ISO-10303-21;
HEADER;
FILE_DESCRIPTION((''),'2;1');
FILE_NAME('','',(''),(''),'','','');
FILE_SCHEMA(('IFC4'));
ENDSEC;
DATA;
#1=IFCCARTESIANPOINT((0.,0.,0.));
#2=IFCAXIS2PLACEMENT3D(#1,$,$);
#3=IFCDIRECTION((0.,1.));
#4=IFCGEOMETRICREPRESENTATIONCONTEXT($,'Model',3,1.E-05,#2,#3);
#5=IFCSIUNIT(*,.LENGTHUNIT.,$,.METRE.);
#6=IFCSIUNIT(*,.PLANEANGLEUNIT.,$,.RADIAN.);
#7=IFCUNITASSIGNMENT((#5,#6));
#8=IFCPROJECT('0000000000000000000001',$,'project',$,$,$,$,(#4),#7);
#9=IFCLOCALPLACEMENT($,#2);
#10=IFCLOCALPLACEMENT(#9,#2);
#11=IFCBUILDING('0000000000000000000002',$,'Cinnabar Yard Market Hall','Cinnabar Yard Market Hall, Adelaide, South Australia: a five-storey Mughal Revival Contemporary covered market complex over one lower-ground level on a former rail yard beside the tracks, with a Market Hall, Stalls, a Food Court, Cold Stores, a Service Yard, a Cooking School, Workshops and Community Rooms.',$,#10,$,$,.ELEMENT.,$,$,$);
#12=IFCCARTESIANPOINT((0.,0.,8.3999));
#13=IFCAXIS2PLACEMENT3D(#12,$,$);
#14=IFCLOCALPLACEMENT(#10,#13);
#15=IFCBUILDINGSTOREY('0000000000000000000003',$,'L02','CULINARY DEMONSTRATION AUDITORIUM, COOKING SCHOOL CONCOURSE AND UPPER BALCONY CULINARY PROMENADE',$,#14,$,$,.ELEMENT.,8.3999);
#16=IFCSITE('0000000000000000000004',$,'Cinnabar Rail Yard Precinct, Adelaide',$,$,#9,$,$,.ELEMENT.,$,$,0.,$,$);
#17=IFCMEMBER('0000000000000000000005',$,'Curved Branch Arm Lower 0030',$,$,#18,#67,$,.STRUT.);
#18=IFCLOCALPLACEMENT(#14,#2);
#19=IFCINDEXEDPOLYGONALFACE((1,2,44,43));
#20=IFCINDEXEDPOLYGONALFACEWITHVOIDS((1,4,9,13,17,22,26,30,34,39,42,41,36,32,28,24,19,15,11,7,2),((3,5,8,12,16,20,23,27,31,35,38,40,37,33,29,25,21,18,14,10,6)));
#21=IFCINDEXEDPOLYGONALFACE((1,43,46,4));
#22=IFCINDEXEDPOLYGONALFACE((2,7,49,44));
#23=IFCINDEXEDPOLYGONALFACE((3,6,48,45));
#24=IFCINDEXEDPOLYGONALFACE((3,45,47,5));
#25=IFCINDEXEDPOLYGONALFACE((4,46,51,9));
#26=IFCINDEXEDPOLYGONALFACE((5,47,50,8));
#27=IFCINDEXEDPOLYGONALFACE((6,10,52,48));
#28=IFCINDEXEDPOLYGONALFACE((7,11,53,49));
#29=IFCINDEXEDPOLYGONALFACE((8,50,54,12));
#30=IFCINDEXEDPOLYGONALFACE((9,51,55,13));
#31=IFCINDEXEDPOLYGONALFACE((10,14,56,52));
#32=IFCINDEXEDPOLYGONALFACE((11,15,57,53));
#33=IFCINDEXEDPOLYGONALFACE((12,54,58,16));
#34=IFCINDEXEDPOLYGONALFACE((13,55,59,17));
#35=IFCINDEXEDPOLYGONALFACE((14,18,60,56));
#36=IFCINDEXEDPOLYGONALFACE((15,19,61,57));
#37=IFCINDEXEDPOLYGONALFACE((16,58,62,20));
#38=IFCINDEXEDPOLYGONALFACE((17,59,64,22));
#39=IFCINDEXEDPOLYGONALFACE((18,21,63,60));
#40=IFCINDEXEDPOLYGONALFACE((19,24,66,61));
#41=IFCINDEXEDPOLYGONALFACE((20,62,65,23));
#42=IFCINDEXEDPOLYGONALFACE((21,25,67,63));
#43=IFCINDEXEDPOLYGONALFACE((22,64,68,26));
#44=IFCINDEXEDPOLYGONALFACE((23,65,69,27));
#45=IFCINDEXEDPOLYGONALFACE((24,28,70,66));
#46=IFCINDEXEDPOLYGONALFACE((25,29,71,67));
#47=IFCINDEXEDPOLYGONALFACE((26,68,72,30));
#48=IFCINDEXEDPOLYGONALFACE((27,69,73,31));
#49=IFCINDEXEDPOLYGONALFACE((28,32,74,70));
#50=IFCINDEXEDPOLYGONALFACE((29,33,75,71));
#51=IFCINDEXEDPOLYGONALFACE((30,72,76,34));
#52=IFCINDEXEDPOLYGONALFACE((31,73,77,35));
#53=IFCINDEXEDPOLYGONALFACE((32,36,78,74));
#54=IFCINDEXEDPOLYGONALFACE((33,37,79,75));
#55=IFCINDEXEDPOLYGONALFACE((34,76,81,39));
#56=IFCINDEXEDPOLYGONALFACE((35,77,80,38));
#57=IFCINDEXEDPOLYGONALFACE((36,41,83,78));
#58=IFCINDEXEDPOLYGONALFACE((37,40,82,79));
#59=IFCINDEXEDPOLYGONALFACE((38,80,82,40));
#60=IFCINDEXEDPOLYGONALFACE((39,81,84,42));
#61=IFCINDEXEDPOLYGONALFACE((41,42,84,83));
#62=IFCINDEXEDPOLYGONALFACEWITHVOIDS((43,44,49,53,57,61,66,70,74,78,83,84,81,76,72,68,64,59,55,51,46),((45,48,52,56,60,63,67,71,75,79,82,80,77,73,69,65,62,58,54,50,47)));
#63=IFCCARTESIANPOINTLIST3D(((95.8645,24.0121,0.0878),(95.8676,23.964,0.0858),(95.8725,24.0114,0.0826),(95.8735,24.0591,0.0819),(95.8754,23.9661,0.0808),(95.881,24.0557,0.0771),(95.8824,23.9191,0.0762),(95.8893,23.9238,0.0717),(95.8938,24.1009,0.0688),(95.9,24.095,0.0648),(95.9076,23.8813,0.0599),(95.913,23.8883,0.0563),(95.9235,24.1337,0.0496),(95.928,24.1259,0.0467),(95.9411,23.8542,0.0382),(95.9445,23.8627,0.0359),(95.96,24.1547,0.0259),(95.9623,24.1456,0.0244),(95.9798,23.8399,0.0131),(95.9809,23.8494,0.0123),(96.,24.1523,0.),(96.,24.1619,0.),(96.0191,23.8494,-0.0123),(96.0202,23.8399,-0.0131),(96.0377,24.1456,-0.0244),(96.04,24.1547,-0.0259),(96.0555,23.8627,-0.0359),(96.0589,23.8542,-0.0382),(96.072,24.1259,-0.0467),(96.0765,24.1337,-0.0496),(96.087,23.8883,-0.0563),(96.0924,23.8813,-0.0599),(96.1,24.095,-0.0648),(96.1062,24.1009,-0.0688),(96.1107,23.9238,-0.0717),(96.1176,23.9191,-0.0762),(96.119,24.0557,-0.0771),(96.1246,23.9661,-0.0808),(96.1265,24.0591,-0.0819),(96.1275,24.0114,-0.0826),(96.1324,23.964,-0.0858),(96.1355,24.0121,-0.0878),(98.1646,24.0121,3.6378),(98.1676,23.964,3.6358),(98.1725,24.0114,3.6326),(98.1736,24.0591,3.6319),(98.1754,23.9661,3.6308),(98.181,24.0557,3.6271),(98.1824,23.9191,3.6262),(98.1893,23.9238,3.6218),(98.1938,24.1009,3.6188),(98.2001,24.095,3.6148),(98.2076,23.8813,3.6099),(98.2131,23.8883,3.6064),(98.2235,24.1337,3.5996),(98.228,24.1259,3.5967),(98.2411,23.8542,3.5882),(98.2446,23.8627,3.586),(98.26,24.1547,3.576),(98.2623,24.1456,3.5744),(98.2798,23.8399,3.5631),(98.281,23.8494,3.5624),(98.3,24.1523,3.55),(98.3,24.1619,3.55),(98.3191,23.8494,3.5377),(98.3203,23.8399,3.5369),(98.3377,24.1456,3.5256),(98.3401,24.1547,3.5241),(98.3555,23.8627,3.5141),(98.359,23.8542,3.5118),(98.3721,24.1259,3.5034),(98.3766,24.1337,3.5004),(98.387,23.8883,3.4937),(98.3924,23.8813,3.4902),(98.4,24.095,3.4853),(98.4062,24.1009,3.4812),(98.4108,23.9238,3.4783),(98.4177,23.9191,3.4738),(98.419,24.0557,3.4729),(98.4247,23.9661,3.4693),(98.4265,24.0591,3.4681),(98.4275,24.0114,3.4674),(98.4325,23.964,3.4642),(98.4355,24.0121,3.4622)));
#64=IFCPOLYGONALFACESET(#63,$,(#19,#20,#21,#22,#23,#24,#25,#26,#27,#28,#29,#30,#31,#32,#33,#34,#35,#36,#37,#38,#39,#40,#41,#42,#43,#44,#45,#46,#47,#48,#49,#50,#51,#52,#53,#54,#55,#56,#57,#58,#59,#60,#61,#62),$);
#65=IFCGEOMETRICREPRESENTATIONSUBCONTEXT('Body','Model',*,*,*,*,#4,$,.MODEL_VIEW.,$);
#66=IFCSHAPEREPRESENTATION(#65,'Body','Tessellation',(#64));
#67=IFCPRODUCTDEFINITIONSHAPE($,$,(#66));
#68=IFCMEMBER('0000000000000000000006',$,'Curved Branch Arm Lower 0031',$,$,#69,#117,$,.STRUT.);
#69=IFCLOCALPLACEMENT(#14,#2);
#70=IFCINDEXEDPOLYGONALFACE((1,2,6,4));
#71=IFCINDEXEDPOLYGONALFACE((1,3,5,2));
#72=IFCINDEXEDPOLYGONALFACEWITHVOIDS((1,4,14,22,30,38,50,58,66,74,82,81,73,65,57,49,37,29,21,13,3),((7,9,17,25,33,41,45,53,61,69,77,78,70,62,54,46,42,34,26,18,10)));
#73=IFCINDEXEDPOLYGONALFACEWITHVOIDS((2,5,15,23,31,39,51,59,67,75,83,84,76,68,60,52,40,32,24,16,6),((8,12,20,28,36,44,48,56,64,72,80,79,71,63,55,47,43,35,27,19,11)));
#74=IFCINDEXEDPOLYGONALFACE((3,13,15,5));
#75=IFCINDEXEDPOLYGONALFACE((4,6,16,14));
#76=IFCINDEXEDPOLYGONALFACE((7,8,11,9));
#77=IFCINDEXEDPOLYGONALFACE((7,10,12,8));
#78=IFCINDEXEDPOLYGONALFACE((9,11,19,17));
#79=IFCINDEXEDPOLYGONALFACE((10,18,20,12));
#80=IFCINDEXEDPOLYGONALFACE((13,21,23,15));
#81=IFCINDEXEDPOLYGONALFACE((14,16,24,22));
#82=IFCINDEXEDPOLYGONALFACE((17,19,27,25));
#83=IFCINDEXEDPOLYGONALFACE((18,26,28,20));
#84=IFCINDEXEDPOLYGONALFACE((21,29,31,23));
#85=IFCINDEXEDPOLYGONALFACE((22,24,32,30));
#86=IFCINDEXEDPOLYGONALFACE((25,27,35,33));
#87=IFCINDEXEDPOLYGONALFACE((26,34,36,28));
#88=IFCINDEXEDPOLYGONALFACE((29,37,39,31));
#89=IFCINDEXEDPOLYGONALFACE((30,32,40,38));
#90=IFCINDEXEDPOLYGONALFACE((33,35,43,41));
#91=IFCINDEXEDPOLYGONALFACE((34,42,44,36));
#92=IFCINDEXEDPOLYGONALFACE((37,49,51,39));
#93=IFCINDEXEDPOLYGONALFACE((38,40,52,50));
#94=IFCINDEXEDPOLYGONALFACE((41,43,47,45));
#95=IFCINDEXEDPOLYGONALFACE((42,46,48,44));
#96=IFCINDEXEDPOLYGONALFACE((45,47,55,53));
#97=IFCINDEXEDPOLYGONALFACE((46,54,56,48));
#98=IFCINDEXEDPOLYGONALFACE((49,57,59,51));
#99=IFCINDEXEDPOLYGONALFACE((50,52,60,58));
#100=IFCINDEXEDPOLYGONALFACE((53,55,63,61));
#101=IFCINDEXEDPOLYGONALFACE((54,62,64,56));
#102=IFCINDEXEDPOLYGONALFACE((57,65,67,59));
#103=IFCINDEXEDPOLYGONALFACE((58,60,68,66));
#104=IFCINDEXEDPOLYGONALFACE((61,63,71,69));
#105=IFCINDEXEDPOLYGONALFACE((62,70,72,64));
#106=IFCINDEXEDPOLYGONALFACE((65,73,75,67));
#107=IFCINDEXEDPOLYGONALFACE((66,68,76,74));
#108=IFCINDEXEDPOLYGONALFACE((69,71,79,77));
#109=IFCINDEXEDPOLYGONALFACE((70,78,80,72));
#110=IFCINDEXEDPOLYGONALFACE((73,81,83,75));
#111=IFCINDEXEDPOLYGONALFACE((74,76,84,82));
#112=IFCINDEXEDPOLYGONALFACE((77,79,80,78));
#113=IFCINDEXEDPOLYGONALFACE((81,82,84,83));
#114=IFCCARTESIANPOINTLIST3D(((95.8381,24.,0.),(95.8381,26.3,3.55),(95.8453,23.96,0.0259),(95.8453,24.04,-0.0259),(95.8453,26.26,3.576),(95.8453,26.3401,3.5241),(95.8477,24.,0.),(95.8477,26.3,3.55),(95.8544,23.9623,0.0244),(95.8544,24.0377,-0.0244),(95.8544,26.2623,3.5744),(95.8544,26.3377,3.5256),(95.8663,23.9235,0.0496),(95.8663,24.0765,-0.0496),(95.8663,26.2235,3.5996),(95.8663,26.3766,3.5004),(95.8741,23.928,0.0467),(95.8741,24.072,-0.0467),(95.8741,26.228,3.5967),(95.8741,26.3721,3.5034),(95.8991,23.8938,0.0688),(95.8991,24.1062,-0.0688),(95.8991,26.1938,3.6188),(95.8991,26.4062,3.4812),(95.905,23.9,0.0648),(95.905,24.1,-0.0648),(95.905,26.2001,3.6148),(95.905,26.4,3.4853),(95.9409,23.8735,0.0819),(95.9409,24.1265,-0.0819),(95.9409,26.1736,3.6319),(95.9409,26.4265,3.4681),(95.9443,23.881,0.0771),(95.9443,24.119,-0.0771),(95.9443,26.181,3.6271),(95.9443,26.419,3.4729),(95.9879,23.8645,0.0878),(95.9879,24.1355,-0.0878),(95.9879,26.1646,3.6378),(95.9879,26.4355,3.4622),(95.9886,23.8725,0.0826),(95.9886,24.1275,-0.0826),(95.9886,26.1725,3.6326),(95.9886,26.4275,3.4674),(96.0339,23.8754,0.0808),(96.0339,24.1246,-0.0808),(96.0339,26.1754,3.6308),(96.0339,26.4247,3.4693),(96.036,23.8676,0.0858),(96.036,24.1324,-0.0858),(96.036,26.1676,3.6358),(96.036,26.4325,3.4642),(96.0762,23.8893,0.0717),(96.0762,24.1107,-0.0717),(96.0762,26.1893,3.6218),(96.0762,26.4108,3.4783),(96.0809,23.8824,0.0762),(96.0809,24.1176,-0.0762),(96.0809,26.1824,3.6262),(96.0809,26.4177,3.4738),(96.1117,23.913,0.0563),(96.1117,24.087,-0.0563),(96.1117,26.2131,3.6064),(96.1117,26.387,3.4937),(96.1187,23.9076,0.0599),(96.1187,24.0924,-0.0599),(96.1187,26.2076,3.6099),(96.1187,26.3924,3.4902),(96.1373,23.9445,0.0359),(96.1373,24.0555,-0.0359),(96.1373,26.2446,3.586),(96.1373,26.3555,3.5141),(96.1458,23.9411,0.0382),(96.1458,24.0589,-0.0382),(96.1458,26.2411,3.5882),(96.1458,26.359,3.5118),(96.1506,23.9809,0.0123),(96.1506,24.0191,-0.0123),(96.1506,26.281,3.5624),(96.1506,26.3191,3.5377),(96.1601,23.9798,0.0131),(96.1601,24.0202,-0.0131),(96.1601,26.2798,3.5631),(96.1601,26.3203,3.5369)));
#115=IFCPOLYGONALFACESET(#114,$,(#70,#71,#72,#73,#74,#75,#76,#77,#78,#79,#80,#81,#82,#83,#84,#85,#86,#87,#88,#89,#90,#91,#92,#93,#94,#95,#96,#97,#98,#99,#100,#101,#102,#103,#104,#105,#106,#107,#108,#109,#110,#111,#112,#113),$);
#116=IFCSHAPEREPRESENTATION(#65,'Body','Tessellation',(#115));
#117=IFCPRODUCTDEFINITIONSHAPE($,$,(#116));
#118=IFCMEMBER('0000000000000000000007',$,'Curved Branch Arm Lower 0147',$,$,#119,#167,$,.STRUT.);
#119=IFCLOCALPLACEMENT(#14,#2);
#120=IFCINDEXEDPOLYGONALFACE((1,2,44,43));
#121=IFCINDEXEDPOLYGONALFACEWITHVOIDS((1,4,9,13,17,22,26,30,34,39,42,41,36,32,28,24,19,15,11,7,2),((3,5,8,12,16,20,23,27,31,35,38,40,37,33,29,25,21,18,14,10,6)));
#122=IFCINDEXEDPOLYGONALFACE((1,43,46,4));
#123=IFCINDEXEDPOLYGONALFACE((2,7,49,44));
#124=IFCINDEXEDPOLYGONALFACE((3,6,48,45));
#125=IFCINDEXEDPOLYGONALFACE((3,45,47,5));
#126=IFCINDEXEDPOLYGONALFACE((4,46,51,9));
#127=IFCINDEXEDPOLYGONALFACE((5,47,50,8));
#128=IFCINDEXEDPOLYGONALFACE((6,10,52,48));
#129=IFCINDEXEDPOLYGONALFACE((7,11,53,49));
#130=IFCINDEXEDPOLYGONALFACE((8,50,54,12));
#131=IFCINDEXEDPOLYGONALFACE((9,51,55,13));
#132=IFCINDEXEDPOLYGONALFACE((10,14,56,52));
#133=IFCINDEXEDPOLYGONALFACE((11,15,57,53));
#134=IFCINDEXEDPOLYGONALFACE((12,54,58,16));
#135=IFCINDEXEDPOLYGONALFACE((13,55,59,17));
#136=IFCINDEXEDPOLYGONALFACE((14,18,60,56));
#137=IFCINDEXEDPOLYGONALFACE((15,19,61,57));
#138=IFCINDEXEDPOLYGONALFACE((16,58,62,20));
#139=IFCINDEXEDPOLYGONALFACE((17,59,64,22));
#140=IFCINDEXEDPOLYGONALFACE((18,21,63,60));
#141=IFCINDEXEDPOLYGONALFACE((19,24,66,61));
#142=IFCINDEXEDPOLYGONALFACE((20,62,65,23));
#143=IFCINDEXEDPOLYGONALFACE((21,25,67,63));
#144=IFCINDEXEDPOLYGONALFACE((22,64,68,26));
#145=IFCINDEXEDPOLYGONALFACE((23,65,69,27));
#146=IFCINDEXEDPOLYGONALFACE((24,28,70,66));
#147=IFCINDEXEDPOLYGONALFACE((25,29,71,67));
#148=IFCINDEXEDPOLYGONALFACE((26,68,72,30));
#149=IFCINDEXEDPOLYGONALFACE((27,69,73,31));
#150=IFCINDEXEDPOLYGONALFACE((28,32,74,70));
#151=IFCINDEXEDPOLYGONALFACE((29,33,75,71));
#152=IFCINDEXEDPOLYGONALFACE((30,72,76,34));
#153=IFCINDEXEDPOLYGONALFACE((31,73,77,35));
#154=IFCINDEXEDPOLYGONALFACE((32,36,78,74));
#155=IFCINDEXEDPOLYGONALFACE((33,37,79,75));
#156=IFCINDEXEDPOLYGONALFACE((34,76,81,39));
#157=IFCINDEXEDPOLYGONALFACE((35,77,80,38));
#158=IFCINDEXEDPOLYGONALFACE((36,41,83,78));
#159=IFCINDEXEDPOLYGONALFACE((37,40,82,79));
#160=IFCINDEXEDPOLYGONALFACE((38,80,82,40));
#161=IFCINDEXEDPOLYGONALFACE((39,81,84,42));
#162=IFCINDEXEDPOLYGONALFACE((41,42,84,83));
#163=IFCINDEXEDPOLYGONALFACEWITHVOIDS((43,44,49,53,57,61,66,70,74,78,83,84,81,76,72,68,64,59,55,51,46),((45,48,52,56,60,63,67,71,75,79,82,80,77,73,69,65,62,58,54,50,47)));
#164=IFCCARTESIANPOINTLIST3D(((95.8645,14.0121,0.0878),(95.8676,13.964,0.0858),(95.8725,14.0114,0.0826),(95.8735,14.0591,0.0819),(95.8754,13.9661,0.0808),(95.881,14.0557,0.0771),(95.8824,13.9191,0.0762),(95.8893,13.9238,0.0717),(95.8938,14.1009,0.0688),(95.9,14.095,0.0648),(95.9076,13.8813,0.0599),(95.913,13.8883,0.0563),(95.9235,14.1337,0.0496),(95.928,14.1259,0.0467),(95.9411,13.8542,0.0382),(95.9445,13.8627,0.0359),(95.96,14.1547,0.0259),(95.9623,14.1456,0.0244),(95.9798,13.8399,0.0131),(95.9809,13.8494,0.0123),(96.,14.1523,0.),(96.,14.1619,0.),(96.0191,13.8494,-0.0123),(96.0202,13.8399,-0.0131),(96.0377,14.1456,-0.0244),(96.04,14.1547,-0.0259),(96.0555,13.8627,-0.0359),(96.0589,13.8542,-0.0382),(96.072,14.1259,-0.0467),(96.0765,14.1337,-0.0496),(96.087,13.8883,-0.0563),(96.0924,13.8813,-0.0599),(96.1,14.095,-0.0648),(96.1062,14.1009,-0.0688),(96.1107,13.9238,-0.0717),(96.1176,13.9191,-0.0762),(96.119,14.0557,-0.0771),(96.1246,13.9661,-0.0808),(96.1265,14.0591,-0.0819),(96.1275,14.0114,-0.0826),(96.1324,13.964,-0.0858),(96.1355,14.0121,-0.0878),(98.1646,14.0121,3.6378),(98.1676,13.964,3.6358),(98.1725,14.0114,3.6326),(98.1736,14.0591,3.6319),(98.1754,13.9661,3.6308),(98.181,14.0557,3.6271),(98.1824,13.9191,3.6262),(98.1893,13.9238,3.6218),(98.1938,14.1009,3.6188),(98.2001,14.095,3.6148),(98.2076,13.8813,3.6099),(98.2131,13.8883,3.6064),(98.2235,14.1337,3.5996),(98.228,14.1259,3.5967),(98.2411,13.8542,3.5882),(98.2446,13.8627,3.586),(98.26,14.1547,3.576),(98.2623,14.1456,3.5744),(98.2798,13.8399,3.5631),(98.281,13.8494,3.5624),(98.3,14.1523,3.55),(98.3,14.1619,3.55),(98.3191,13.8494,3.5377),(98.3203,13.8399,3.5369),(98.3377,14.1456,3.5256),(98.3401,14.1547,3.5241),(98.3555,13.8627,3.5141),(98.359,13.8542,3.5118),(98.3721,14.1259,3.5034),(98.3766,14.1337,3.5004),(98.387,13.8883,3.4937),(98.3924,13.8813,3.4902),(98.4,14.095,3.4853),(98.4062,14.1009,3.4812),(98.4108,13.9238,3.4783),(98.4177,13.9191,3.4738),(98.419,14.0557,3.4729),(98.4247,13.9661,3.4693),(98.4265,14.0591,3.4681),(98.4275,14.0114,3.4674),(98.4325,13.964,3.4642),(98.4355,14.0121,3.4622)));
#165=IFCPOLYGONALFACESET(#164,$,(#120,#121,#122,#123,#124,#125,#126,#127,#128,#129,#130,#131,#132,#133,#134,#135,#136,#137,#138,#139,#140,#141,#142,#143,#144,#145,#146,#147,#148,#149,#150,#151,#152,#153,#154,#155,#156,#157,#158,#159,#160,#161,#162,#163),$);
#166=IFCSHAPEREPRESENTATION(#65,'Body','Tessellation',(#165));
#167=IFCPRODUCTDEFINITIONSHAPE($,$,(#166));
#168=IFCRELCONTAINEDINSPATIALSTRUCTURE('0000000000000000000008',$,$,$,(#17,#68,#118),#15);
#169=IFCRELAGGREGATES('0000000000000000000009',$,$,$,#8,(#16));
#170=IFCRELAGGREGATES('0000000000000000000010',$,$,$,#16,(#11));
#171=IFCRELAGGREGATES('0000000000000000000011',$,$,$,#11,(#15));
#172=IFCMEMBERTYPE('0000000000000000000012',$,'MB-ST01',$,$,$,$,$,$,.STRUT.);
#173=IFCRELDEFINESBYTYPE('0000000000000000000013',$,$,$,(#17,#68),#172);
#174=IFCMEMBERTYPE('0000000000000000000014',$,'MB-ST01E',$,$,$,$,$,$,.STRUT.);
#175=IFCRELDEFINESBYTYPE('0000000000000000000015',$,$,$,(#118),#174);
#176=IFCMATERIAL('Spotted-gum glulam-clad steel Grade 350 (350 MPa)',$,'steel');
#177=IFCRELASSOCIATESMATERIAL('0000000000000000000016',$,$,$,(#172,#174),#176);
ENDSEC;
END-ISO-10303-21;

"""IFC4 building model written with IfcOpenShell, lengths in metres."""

from ifc_helpers import new_model, si_unit, direction, frame, origin, origin_2d_with_axis, place, context, subcontext, project, spatial, hollow_circle, extrude, material, material_profile, profile_set, type_object, element, save


model = new_model("IFC4")

# Units and contexts
model_context = context("Model", 3, precision=1e-05, world=origin(), true_north=direction((0.0, 1.0)))
body_context = subcontext(model_context, "Body", "Model", "MODEL_VIEW")
ifc_project = project(units=[si_unit("LENGTHUNIT", "METRE"), si_unit("PLANEANGLEUNIT", "RADIAN")], contexts=[model_context])

# Site, building, storey
site_placement = place(None, origin())
site = spatial("IfcSite", under=ifc_project, at=site_placement, Name="Cinnabar Rail Yard Precinct, Adelaide", CompositionType="ELEMENT", RefElevation=0.0)
building_placement = place(site_placement, origin())
building = spatial("IfcBuilding", under=site, at=building_placement, Name="Cinnabar Yard Market Hall", Description="Cinnabar Yard Market Hall, Adelaide, South Australia: a five-storey Mughal Revival Contemporary covered market complex over one lower-ground level on a former rail yard beside the tracks, with a Market Hall, Stalls, a Food Court, Cold Stores, a Service Yard, a Cooking School, Workshops and Community Rooms.", CompositionType="ELEMENT")
storey_placement = place(building_placement, frame((0.0, 0.0, 8.3999)))
storey = spatial("IfcBuildingStorey", under=building, at=storey_placement, Name="L02", Description="CULINARY DEMONSTRATION AUDITORIUM, COOKING SCHOOL CONCOURSE AND UPPER BALCONY CULINARY PROMENADE", CompositionType="ELEMENT", Elevation=8.3999)

# Shared definitions
ifc_material_1 = material(Name="Spotted-gum glulam-clad steel Grade 350 (350 MPa)", Category="steel")

# Members
ifc_material_profile_1 = material_profile(ifc_material_1, hollow_circle(Radius=0.1619, WallThickness=0.0095, at=origin_2d_with_axis()), Name="323.9x9.5CHS")
ifc_profile_set_1 = profile_set([ifc_material_profile_1], Name="Spotted-gum glulam-clad steel Grade 350 (350 MPa)")
member_type_1 = type_object("IfcMemberType", Name="MB-ST01", PredefinedType="STRUT", material=ifc_profile_set_1)
for number, where, z_axis, x_axis, name in (
    (1, (96.0, 24.0, 0.0), (0.543744, 0.0, 0.839251), (0.0, 1.0, 0.0), "Curved Branch Arm Lower 0030"),
    (2, (96.0, 24.0, 0.0), (0.0, 0.543744, 0.839251), (-1.0, 0.0, 0.0), "Curved Branch Arm Lower 0031"),
):
    element("IfcMember", number, at=place(storey_placement, frame(where, z_axis=z_axis, x_axis=x_axis)), inside=storey, type_object=member_type_1, Name=name, PredefinedType="STRUT", context=body_context, shape_type="SweptSolid", body=[
        extrude(hollow_circle(Radius=0.1619, WallThickness=0.0095, at=origin_2d_with_axis()), origin(), (0.0, 0.0, 1.0), 4.23),
    ])
ifc_material_profile_2 = material_profile(ifc_material_1, hollow_circle(Radius=0.1619, WallThickness=0.0095, at=origin_2d_with_axis()), Name="323.9x9.5CHS")
ifc_profile_set_2 = profile_set([ifc_material_profile_2], Name="Spotted-gum glulam-clad steel Grade 350 (350 MPa)")
member_type_2 = type_object("IfcMemberType", Name="MB-ST01E", PredefinedType="STRUT", material=ifc_profile_set_2)
for number, where, z_axis, x_axis, name in (
    (3, (96.0, 14.0, 0.0), (0.543744, 0.0, 0.839251), (0.0, 1.0, 0.0), "Curved Branch Arm Lower 0147"),
):
    element("IfcMember", number, at=place(storey_placement, frame(where, z_axis=z_axis, x_axis=x_axis)), inside=storey, type_object=member_type_2, Name=name, PredefinedType="STRUT", context=body_context, shape_type="SweptSolid", body=[
        extrude(hollow_circle(Radius=0.1619, WallThickness=0.0095, at=origin_2d_with_axis()), origin(), (0.0, 0.0, 1.0), 4.23),
    ])

save(model, "model.ifc")
